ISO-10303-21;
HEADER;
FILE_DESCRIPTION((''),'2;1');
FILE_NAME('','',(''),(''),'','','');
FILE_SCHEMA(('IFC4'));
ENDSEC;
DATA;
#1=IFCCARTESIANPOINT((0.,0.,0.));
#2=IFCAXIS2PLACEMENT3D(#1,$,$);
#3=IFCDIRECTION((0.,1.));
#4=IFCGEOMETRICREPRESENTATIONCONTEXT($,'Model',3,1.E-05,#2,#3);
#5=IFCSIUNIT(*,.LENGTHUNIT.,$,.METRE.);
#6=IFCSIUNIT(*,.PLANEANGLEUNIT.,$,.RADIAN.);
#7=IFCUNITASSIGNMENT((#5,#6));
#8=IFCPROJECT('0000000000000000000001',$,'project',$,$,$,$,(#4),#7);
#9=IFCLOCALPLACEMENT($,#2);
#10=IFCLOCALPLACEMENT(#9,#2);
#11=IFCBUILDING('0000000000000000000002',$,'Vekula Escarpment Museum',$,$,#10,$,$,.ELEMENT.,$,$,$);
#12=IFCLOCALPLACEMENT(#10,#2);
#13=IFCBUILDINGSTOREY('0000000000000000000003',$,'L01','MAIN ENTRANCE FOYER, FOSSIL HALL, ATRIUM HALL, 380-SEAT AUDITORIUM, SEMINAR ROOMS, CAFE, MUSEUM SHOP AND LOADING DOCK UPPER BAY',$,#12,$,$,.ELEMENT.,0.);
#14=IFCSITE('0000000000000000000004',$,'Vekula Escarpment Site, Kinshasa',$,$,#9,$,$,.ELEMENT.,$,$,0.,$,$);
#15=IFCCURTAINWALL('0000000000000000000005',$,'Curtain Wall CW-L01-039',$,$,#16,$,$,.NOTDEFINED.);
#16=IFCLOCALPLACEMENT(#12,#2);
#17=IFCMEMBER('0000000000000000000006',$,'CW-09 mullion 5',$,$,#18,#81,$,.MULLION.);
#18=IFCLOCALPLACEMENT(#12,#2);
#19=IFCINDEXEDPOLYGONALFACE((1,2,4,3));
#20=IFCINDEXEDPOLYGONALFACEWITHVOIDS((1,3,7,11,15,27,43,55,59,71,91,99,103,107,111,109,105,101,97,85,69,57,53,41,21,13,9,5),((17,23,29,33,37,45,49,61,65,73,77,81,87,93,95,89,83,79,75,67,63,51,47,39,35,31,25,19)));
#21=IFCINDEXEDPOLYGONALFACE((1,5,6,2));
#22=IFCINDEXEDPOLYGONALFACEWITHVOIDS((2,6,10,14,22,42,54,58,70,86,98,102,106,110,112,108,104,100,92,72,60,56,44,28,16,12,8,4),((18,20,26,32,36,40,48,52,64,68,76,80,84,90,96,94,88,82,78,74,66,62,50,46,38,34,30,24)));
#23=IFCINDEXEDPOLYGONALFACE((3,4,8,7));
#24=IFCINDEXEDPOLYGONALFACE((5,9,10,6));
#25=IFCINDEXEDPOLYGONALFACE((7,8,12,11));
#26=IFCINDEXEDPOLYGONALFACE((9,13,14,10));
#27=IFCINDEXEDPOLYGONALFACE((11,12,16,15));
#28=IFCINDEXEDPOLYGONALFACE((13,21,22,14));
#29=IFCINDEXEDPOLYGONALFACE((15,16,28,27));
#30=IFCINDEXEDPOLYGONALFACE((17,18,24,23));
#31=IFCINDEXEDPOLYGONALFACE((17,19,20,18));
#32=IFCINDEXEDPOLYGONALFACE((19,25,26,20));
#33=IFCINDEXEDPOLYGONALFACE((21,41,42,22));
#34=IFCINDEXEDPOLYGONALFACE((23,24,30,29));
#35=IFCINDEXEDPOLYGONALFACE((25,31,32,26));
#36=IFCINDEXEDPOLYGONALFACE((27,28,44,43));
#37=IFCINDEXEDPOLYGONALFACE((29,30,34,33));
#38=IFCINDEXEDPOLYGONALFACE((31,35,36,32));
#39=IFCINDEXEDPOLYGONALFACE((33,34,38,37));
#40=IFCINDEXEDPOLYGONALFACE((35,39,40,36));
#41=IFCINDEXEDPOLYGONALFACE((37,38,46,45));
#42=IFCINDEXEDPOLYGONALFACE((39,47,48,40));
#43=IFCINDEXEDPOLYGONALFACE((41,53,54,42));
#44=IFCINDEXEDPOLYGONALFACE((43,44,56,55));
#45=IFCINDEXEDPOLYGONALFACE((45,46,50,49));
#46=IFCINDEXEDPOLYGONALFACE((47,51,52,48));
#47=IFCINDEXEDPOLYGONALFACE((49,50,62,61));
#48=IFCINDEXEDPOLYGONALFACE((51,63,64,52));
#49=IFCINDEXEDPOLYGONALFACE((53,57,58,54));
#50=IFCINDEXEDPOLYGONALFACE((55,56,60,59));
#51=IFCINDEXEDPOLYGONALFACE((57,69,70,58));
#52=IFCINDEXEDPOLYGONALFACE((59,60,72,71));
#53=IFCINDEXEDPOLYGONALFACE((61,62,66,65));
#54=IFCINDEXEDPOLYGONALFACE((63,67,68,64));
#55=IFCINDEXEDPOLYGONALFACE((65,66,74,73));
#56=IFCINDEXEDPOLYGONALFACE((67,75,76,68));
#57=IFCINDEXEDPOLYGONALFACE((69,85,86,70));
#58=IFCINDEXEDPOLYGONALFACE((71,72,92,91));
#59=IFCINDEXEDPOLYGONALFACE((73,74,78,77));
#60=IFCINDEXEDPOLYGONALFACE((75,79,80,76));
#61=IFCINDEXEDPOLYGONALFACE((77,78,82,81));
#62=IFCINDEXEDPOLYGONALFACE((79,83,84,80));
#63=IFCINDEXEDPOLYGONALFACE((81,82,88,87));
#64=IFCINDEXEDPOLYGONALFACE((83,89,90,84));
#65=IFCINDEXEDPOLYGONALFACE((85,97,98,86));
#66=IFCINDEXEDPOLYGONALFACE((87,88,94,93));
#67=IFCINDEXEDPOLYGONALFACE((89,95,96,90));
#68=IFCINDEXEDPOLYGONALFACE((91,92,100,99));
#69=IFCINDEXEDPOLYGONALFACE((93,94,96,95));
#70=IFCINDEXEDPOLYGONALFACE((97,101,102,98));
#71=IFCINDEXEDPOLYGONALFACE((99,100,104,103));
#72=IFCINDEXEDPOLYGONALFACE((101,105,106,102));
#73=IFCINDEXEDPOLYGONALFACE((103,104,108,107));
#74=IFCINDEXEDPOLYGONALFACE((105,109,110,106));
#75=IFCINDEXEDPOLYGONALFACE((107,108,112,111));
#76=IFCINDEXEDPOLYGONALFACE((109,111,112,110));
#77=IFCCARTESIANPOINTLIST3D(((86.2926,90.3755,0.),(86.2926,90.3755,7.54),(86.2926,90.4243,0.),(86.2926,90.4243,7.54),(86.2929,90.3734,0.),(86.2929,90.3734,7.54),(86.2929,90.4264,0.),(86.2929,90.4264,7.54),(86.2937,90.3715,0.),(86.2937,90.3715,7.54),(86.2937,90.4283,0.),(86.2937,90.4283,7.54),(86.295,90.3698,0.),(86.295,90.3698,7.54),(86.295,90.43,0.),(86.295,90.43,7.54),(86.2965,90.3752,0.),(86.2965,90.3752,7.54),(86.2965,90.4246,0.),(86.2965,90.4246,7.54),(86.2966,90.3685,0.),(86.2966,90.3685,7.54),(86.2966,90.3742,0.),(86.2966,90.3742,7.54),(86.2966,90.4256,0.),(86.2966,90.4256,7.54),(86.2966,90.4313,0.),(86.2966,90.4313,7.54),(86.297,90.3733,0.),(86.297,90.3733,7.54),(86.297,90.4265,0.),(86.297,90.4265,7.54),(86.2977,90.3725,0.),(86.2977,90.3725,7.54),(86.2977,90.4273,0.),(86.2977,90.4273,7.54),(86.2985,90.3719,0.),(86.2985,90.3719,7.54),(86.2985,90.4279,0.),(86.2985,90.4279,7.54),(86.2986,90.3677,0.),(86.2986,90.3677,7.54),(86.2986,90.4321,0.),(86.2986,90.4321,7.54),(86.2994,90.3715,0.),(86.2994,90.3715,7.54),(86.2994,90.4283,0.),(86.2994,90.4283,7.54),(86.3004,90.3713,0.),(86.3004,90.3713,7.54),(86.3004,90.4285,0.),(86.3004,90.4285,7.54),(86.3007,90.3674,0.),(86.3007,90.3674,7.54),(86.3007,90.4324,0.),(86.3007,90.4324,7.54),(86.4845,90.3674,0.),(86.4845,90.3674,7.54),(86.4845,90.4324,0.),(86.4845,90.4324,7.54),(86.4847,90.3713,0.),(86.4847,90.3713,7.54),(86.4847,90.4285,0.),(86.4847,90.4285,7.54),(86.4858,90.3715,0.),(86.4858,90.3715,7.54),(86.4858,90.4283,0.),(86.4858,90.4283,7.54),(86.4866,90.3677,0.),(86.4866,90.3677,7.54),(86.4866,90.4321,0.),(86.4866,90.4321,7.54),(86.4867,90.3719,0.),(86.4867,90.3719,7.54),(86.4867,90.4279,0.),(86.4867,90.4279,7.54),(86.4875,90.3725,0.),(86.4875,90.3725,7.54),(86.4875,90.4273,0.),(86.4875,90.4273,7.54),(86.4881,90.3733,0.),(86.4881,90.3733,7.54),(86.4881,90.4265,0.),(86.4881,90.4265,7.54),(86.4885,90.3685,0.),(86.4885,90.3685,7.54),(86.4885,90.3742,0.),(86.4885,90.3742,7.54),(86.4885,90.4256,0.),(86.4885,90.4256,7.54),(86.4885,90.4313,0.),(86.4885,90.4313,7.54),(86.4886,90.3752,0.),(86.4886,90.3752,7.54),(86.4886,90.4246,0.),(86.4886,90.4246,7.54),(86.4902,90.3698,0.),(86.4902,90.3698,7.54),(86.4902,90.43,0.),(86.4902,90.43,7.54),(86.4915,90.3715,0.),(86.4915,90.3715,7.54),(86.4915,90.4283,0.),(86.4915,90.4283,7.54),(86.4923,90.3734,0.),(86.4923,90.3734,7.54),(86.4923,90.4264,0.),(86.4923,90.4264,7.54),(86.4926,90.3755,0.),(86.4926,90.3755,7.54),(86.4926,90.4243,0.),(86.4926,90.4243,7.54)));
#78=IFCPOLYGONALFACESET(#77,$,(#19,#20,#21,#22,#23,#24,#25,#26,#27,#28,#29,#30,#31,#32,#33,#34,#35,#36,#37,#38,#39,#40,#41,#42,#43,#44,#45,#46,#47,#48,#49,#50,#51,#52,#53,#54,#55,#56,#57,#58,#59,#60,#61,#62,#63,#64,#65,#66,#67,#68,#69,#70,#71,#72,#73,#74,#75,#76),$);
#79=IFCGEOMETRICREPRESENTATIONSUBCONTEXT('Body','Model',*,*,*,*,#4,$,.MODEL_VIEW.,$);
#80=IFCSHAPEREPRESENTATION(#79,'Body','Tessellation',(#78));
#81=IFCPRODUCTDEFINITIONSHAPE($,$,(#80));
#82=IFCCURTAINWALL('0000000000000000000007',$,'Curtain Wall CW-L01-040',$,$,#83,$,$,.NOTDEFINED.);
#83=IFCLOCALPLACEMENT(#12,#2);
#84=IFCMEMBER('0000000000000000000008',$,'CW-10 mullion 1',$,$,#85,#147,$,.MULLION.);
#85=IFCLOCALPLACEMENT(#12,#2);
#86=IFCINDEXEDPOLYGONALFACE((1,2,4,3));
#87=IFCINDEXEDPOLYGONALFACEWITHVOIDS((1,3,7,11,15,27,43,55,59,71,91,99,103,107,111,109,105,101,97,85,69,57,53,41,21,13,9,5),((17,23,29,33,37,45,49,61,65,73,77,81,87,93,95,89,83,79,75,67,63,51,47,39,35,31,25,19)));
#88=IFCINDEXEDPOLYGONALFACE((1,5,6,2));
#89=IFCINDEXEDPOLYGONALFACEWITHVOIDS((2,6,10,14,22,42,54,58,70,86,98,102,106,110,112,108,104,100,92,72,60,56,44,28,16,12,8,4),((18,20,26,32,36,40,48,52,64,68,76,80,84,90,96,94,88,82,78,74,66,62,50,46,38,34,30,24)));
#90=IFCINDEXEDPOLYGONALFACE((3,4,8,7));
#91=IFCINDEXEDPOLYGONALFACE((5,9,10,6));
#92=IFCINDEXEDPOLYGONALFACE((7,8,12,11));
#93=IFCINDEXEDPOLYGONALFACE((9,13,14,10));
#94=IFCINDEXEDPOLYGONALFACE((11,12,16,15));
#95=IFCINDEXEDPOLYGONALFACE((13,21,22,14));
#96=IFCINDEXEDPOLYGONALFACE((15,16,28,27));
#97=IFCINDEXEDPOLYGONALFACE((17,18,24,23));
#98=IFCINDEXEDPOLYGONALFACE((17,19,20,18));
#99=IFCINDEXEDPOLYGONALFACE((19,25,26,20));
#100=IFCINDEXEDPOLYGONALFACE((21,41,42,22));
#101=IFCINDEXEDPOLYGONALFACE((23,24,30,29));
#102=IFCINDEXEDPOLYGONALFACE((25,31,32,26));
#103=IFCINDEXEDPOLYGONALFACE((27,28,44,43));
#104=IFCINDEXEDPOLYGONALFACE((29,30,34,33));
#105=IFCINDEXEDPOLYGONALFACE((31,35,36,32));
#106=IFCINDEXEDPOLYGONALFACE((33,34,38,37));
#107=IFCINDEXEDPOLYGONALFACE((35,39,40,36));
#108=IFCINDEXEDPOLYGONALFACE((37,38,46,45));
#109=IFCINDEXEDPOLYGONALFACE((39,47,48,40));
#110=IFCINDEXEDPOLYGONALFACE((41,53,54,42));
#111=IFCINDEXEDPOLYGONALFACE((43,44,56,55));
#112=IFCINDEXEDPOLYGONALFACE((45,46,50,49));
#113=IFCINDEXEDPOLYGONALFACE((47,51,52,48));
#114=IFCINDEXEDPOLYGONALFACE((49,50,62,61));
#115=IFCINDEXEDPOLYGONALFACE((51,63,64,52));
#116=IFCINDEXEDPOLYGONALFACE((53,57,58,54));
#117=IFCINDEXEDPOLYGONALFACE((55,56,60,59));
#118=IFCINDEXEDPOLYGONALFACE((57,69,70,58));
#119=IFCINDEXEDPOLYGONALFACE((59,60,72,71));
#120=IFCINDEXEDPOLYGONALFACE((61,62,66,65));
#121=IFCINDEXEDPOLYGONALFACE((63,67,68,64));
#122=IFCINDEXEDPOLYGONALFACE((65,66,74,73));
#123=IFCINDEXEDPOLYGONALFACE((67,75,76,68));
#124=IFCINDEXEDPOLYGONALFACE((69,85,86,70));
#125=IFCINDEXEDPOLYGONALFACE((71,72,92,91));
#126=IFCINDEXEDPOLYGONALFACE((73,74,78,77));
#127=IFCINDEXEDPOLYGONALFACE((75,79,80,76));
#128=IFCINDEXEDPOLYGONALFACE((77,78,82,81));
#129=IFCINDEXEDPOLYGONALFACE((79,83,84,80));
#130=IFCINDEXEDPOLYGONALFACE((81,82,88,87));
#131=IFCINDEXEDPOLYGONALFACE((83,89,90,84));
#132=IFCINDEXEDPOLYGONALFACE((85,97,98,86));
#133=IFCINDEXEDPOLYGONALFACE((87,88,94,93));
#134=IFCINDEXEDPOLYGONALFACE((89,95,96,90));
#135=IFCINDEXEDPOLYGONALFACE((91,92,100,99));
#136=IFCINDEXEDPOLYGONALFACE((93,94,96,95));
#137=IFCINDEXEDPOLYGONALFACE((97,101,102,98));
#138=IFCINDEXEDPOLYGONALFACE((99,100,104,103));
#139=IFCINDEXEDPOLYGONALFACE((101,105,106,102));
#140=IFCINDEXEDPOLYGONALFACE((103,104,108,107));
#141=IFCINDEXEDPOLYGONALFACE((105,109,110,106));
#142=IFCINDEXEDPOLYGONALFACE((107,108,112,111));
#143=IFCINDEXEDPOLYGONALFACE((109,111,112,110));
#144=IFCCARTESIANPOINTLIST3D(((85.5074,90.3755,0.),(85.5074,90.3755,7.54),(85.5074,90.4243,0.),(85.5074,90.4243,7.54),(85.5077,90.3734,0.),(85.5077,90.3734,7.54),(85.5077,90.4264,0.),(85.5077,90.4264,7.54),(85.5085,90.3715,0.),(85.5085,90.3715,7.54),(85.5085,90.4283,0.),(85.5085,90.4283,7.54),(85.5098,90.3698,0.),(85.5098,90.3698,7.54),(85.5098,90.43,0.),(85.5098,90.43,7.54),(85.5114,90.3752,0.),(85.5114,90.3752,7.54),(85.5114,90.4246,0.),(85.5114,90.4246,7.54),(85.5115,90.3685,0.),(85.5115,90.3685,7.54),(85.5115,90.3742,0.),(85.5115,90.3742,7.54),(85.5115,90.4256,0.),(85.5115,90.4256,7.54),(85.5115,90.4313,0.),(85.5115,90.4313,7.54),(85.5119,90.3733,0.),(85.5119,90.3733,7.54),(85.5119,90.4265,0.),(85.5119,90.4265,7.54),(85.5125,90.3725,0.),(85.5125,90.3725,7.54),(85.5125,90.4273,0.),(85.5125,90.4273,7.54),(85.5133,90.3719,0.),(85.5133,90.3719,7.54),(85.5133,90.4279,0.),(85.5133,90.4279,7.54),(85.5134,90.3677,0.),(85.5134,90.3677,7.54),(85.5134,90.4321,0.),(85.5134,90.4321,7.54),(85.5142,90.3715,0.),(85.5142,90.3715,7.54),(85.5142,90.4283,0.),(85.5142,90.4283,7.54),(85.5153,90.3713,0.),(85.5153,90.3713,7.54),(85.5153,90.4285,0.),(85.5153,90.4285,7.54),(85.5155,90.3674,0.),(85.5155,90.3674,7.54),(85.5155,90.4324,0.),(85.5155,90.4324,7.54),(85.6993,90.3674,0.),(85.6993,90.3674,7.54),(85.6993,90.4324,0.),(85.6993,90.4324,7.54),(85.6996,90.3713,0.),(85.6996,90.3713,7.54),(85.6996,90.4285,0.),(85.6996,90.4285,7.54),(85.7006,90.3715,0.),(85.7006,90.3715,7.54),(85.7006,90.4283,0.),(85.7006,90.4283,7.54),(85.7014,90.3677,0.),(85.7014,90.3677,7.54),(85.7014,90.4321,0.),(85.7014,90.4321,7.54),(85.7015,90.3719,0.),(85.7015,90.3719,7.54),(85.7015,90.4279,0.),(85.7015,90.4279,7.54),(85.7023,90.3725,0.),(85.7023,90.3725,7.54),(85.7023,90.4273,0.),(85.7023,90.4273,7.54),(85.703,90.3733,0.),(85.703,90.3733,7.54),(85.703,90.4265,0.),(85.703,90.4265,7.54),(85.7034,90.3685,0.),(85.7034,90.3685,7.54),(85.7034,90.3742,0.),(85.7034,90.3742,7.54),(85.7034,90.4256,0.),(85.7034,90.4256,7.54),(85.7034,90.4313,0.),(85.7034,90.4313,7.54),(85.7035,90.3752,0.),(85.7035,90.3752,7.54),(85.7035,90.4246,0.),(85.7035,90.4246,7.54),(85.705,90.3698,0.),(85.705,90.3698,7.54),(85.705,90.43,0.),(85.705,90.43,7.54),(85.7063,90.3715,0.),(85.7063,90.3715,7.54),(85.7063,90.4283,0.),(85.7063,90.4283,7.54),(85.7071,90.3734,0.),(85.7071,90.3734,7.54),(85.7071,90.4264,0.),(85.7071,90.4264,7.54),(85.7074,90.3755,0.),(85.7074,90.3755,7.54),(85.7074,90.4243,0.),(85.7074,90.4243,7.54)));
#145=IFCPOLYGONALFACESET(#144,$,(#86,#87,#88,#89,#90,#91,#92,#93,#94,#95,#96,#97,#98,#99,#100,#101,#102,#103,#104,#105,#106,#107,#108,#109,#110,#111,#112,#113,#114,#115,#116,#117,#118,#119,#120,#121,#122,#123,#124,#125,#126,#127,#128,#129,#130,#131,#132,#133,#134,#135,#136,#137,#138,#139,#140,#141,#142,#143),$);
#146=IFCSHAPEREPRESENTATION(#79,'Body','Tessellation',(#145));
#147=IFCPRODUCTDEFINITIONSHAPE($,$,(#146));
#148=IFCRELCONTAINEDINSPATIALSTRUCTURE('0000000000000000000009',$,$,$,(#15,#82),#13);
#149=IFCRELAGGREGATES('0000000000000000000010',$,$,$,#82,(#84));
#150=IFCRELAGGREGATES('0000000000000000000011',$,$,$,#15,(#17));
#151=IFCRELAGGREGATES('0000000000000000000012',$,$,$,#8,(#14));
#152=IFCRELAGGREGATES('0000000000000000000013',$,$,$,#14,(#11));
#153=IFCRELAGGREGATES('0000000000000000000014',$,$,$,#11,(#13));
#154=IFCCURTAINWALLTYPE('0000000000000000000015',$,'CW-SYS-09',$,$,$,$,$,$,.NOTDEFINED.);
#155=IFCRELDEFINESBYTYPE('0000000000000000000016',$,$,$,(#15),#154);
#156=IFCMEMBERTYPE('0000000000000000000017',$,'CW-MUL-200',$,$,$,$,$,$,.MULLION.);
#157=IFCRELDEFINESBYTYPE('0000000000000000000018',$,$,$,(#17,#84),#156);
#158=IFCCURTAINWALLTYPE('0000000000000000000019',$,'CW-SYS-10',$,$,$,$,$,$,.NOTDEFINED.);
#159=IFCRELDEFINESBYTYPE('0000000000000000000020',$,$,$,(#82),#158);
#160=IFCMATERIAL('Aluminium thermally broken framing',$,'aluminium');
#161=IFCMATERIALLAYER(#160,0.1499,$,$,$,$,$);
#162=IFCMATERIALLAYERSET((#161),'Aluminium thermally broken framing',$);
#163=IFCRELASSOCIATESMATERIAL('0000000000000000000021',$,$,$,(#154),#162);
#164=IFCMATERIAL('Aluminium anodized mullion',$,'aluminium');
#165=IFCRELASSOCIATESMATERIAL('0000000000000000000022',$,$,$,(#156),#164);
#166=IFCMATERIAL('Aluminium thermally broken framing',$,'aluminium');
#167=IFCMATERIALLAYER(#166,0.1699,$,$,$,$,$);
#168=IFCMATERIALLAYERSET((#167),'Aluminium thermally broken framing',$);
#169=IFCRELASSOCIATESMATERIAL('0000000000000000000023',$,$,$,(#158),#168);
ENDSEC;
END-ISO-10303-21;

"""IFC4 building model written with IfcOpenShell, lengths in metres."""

from ifc_helpers import new_model, si_unit, direction, frame, origin, origin_2d, place, context, subcontext, project, spatial, hollow_rectangle, extrude, material, layer, layer_set, material_profile, profile_set, type_object, element, aggregate, save


model = new_model("IFC4")

# Units and contexts
model_context = context("Model", 3, precision=1e-05, world=origin(), true_north=direction((0.0, 1.0)))
body_context = subcontext(model_context, "Body", "Model", "MODEL_VIEW")
ifc_project = project(units=[si_unit("LENGTHUNIT", "METRE"), si_unit("PLANEANGLEUNIT", "RADIAN")], contexts=[model_context])

# Site, building, storey
site_placement = place(None, origin())
site = spatial("IfcSite", under=ifc_project, at=site_placement, Name="Vekula Escarpment Site, Kinshasa", CompositionType="ELEMENT", RefElevation=0.0)
building_placement = place(site_placement, origin())
building = spatial("IfcBuilding", under=site, at=building_placement, Name="Vekula Escarpment Museum", CompositionType="ELEMENT")
storey_placement = place(building_placement, origin())
storey = spatial("IfcBuildingStorey", under=building, at=storey_placement, Name="L01", Description="MAIN ENTRANCE FOYER, FOSSIL HALL, ATRIUM HALL, 380-SEAT AUDITORIUM, SEMINAR ROOMS, CAFE, MUSEUM SHOP AND LOADING DOCK UPPER BAY", CompositionType="ELEMENT", Elevation=0.0)

# Curtain walls, members
ifc_material_1 = material(Name="Aluminium thermally broken framing", Category="aluminium")
ifc_layer_1 = layer(ifc_material_1, 0.1499)
ifc_layer_set_1 = layer_set([ifc_layer_1], Name="Aluminium thermally broken framing")
curtain_wall_type_1 = type_object("IfcCurtainWallType", Name="CW-SYS-09", PredefinedType="NOTDEFINED", material=ifc_layer_set_1)
curtain_wall_1_placement = place(storey_placement, origin())
curtain_wall_1 = element("IfcCurtainWall", 1, at=curtain_wall_1_placement, inside=storey, type_object=curtain_wall_type_1, Name="Curtain Wall CW-L01-039", PredefinedType="NOTDEFINED")
ifc_material_2 = material(Name="Aluminium anodized mullion", Category="aluminium")
ifc_material_profile_1 = material_profile(ifc_material_2, hollow_rectangle(XDim=0.0649, YDim=0.2, WallThickness=0.0039, InnerFilletRadius=0.0039, OuterFilletRadius=0.0081, at=origin_2d()), Name="ALU 200x65x4")
ifc_profile_set_1 = profile_set([ifc_material_profile_1], Name="Aluminium anodized mullion")
member_type_1 = type_object("IfcMemberType", Name="CW-MUL-200", PredefinedType="MULLION", material=ifc_profile_set_1)
member_1_placement = place(storey_placement, frame((86.3926, 90.3999, 0.0), z_axis=(0.0, 0.0, 1.0), x_axis=(0.0, -1.0, 0.0)))
member_1 = element("IfcMember", 2, at=member_1_placement, type_object=member_type_1, Name="CW-09 mullion 5", PredefinedType="MULLION", context=body_context, shape_type="SweptSolid", body=[
    extrude(hollow_rectangle(XDim=0.0649, YDim=0.2, WallThickness=0.0039, InnerFilletRadius=0.0039, OuterFilletRadius=0.0081, at=origin_2d()), origin(), (0.0, 0.0, 1.0), 7.54),
])
ifc_material_3 = material(Name="Aluminium thermally broken framing", Category="aluminium")
ifc_layer_2 = layer(ifc_material_3, 0.1699)
ifc_layer_set_2 = layer_set([ifc_layer_2], Name="Aluminium thermally broken framing")
curtain_wall_type_2 = type_object("IfcCurtainWallType", Name="CW-SYS-10", PredefinedType="NOTDEFINED", material=ifc_layer_set_2)
curtain_wall_2_placement = place(storey_placement, origin())
curtain_wall_2 = element("IfcCurtainWall", 3, at=curtain_wall_2_placement, inside=storey, type_object=curtain_wall_type_2, Name="Curtain Wall CW-L01-040", PredefinedType="NOTDEFINED")
member_2_placement = place(storey_placement, frame((85.6074, 90.3999, 0.0), z_axis=(0.0, 0.0, 1.0), x_axis=(0.0, -1.0, 0.0)))
member_2 = element("IfcMember", 4, at=member_2_placement, type_object=member_type_1, Name="CW-10 mullion 1", PredefinedType="MULLION", context=body_context, shape_type="SweptSolid", body=[
    extrude(hollow_rectangle(XDim=0.0649, YDim=0.2, WallThickness=0.0039, InnerFilletRadius=0.0039, OuterFilletRadius=0.0081, at=origin_2d()), origin(), (0.0, 0.0, 1.0), 7.54),
])

aggregate(curtain_wall_2, [member_2])
aggregate(curtain_wall_1, [member_1])

save(model, "model.ifc")
